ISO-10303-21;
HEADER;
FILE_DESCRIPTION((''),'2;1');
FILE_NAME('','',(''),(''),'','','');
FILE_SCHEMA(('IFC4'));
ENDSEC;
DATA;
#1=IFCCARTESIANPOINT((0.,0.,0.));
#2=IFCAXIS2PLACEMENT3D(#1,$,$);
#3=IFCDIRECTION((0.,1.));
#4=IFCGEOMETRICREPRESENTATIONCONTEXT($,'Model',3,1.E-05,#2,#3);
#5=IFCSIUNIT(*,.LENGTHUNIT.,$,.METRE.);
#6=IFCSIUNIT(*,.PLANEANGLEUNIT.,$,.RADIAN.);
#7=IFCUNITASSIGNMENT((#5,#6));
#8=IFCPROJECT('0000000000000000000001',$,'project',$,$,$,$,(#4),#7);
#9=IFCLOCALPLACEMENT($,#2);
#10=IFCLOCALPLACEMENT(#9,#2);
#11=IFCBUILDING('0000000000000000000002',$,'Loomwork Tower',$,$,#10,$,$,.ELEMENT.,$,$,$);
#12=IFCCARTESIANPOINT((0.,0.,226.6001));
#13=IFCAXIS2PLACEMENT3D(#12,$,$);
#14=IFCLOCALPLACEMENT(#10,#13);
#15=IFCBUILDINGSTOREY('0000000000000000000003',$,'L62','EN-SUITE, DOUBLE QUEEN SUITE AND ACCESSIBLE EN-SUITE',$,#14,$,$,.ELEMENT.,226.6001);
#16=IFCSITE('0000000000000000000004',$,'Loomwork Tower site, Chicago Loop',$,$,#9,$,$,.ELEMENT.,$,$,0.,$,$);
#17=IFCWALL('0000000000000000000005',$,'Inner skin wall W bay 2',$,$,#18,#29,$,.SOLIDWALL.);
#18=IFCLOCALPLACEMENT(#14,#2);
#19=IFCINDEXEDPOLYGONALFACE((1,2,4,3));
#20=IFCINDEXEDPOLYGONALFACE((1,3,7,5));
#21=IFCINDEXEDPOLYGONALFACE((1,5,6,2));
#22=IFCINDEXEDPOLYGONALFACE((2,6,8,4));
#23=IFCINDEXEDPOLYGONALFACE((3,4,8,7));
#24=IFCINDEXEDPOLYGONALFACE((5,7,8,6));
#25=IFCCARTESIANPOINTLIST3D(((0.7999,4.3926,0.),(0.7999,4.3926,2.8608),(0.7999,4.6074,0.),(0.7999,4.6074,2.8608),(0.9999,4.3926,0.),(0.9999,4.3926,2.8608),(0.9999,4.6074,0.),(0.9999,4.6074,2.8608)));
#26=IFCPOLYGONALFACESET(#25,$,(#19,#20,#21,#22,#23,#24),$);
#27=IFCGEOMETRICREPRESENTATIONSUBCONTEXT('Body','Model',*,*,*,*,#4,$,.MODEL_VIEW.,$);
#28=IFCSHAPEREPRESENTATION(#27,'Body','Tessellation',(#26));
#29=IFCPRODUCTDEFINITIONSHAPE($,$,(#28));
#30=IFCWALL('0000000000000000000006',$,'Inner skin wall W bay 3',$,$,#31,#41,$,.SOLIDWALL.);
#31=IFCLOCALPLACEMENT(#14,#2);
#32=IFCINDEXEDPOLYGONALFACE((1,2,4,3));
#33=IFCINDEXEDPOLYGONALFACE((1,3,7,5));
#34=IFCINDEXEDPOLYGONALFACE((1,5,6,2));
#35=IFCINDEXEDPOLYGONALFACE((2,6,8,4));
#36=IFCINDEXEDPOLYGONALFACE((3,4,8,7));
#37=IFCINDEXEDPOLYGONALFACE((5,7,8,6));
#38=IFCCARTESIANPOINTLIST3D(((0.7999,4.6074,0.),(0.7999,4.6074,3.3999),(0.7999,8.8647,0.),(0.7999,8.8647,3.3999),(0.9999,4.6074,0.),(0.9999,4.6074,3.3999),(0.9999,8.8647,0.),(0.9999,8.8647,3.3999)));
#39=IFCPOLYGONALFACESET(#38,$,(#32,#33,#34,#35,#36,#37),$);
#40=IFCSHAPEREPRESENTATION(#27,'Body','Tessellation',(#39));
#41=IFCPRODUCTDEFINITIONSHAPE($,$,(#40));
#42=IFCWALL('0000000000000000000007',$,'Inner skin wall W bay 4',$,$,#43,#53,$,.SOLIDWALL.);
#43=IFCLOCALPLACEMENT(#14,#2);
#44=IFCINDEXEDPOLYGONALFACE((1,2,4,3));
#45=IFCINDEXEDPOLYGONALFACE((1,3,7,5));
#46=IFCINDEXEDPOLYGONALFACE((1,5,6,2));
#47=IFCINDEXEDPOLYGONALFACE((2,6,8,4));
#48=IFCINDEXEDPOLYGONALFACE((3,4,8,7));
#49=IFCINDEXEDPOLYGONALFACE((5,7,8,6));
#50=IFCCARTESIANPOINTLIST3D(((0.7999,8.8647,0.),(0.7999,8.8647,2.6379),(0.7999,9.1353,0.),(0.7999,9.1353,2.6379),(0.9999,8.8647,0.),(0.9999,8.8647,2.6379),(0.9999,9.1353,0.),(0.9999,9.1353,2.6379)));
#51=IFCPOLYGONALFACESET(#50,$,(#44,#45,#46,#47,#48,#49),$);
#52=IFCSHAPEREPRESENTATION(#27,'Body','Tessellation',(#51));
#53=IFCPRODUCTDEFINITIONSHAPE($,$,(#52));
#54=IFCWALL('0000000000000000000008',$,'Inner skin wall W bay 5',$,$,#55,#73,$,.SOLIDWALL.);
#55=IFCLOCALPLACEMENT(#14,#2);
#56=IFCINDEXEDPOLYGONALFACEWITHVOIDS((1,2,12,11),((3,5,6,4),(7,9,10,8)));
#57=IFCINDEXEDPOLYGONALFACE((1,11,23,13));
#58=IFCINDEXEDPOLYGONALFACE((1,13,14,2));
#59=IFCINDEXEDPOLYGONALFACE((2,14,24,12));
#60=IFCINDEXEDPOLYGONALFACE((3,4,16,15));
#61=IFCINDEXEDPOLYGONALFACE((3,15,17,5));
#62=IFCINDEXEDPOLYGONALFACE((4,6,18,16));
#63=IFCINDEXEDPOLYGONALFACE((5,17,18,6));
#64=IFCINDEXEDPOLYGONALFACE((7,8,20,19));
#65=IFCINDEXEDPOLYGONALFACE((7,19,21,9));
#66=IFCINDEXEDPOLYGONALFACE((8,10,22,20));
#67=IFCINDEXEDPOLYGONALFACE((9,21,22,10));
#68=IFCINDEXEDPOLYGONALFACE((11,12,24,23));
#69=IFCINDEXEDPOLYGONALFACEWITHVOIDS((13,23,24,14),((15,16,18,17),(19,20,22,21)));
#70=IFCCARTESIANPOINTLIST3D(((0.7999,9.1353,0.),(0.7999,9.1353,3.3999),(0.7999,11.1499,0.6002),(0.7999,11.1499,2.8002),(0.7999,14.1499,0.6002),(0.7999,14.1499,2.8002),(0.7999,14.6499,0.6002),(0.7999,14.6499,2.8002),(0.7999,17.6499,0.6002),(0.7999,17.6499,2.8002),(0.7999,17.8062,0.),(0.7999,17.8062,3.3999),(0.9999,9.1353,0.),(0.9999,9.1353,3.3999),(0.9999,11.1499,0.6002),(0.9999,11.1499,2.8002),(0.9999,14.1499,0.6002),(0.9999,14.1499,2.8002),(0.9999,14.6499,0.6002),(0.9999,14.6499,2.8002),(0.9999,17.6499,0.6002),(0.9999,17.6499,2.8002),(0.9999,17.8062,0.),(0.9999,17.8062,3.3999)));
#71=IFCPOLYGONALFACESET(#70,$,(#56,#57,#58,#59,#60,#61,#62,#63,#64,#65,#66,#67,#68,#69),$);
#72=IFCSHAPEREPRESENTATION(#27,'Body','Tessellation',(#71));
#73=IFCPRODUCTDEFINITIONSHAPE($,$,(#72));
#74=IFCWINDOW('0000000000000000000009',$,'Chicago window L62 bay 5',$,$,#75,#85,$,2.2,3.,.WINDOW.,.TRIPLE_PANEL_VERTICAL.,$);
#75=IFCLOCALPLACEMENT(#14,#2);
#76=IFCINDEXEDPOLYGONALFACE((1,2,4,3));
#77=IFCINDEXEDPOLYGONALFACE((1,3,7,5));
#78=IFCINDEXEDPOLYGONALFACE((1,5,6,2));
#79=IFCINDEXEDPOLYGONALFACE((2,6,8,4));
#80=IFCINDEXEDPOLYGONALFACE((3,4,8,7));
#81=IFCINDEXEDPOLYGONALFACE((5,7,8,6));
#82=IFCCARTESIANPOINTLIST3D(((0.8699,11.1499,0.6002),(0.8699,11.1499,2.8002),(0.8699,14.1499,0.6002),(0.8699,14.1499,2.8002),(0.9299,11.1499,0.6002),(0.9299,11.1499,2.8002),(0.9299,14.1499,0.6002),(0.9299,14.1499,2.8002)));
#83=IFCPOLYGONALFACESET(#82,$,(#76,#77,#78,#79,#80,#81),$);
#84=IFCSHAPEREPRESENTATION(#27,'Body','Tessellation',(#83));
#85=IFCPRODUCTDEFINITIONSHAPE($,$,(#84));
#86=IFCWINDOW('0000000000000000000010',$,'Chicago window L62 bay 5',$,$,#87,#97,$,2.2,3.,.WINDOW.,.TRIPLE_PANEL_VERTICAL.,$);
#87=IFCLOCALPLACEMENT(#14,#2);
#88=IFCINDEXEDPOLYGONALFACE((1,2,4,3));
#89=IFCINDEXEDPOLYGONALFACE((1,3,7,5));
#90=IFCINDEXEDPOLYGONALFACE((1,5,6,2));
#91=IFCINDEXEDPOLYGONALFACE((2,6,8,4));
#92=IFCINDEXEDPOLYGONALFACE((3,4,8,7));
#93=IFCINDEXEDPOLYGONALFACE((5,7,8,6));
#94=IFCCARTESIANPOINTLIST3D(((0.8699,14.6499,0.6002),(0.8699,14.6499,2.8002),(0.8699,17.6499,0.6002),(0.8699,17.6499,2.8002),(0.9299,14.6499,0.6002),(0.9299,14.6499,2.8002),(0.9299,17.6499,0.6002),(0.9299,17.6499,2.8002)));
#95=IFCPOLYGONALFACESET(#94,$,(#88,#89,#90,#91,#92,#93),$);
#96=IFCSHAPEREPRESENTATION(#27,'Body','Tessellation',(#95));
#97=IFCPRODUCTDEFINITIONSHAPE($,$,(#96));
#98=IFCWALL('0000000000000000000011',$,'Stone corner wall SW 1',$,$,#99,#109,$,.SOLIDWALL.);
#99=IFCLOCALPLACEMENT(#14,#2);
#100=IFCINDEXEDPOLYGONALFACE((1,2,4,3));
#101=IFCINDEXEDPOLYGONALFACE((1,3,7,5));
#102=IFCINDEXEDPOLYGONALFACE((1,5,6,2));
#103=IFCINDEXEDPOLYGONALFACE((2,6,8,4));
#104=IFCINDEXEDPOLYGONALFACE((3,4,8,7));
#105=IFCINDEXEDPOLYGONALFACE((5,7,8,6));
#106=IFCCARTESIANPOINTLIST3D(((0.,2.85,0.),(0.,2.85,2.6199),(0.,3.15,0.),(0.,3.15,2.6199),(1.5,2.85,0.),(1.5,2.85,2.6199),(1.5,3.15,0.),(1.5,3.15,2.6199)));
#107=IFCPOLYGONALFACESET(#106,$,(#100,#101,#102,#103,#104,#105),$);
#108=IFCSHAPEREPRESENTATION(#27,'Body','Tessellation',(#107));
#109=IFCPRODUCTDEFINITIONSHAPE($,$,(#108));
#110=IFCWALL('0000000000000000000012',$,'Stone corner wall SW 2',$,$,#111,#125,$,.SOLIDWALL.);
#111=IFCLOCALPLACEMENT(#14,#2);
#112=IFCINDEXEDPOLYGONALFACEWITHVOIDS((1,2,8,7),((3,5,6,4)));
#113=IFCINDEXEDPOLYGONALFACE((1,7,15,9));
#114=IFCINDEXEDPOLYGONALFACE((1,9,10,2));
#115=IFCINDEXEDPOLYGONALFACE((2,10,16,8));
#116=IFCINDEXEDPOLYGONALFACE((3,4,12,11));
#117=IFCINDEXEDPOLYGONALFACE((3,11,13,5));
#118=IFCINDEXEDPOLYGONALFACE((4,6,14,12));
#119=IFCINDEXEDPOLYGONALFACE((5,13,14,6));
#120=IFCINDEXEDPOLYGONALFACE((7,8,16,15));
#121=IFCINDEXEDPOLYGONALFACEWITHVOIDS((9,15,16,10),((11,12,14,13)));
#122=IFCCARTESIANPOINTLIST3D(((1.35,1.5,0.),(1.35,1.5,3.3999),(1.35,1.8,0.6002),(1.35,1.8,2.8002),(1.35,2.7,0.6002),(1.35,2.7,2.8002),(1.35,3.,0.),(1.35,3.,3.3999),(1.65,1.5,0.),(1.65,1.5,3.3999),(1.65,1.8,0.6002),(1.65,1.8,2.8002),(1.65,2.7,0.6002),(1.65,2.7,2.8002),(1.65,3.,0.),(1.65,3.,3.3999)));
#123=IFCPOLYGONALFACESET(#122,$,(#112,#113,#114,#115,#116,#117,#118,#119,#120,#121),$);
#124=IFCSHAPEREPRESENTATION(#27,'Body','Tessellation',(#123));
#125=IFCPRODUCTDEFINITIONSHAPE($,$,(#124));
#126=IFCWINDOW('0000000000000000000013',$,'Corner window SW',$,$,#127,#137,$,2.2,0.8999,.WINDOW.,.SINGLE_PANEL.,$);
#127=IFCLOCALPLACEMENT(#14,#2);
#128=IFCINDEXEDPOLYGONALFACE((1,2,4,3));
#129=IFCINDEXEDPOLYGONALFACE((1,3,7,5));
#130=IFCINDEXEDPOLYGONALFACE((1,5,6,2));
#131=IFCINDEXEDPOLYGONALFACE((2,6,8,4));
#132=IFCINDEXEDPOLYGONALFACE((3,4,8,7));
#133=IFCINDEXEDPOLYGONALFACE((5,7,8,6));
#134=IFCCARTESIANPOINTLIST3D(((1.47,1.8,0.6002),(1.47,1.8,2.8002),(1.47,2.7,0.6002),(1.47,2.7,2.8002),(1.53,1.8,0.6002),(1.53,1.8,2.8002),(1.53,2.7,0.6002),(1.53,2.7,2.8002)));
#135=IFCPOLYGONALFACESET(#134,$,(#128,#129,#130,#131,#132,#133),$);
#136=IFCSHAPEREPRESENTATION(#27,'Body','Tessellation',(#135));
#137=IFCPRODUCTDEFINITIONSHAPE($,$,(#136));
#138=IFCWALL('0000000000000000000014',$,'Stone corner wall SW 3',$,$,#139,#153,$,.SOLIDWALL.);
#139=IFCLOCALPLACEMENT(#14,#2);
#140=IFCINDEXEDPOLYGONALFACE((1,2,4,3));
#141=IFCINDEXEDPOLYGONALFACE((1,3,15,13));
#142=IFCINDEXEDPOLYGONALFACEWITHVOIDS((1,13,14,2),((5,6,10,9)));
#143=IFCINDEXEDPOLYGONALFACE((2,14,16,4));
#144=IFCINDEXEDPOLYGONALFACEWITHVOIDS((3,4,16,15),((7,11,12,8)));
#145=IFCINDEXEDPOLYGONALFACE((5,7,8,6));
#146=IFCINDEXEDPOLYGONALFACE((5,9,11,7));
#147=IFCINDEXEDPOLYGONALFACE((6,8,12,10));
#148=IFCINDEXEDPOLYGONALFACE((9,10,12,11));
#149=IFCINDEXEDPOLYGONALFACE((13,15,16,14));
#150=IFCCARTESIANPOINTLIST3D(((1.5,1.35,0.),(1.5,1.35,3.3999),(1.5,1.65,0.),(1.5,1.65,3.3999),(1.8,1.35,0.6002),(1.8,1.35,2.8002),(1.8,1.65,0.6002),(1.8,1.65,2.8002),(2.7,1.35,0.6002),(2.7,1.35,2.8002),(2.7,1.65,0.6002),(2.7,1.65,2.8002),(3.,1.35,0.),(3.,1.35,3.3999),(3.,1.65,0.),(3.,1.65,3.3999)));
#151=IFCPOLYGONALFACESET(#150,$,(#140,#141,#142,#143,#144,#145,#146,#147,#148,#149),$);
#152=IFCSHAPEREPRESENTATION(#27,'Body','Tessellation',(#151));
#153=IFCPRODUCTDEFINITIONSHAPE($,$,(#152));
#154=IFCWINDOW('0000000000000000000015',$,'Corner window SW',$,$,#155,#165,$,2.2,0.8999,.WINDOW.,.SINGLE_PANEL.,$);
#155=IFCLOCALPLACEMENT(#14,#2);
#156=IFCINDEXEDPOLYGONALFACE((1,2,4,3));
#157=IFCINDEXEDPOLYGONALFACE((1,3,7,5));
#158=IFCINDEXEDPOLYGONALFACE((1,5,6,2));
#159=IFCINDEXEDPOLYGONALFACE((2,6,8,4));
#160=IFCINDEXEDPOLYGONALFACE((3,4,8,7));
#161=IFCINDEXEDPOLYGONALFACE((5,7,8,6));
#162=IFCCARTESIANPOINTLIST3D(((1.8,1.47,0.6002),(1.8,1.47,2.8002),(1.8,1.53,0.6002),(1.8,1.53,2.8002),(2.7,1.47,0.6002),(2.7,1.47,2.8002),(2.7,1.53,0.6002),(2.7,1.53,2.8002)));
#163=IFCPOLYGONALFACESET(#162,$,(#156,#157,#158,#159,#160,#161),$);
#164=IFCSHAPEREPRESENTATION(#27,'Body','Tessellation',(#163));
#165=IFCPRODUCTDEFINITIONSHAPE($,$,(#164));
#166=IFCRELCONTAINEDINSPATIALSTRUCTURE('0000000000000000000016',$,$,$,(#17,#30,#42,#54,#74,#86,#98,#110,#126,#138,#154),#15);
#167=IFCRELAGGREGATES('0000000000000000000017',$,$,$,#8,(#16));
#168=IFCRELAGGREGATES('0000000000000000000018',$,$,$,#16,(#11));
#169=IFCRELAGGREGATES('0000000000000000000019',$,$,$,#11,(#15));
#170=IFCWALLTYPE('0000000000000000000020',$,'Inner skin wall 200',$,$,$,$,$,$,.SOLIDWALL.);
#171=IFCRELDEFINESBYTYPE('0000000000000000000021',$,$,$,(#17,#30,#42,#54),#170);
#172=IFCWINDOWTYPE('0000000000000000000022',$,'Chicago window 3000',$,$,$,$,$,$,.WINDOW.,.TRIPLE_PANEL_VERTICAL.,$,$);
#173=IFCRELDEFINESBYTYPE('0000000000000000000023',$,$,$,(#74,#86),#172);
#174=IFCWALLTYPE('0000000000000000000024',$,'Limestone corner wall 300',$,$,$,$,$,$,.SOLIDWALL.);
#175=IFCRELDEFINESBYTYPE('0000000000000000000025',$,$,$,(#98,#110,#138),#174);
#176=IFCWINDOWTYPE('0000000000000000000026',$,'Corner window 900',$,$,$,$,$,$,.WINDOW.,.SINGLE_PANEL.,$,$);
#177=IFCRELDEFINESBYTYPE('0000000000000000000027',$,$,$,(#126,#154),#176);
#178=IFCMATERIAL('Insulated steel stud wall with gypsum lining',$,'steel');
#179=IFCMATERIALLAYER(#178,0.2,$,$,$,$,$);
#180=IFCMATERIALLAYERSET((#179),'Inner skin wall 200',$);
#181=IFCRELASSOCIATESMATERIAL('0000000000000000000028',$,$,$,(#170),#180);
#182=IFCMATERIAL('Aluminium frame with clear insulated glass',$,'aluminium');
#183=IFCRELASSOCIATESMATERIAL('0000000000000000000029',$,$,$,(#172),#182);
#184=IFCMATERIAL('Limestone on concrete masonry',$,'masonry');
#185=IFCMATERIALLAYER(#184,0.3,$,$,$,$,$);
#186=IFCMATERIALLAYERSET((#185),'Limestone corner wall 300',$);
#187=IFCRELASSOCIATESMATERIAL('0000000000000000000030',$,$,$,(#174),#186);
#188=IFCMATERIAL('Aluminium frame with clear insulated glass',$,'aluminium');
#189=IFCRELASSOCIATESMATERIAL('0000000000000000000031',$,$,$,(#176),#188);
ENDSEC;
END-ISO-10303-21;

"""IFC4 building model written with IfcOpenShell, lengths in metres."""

from ifc_helpers import new_model, si_unit, direction, frame, frame_2d, origin, place, context, subcontext, project, spatial, rectangle, extrude, material, layer, layer_set, type_object, element, fill, save


model = new_model("IFC4")

# Units and contexts
model_context = context("Model", 3, precision=1e-05, world=origin(), true_north=direction((0.0, 1.0)))
body_context = subcontext(model_context, "Body", "Model", "MODEL_VIEW")
ifc_project = project(units=[si_unit("LENGTHUNIT", "METRE"), si_unit("PLANEANGLEUNIT", "RADIAN")], contexts=[model_context])

# Site, building, storey
site_placement = place(None, origin())
site = spatial("IfcSite", under=ifc_project, at=site_placement, Name="Loomwork Tower site, Chicago Loop", CompositionType="ELEMENT", RefElevation=0.0)
building_placement = place(site_placement, origin())
building = spatial("IfcBuilding", under=site, at=building_placement, Name="Loomwork Tower", CompositionType="ELEMENT")
storey_placement = place(building_placement, frame((0.0, 0.0, 226.6001)))
storey = spatial("IfcBuildingStorey", under=building, at=storey_placement, Name="L62", Description="EN-SUITE, DOUBLE QUEEN SUITE AND ACCESSIBLE EN-SUITE", CompositionType="ELEMENT", Elevation=226.6001)

# Walls
ifc_material_1 = material(Name="Insulated steel stud wall with gypsum lining", Category="steel")
ifc_layer_1 = layer(ifc_material_1, 0.2)
ifc_layer_set_1 = layer_set([ifc_layer_1], Name="Inner skin wall 200")
wall_type_1 = type_object("IfcWallType", Name="Inner skin wall 200", PredefinedType="SOLIDWALL", material=ifc_layer_set_1)
wall_1_placement = place(storey_placement, frame((0.8999, 4.3926, 0.0), z_axis=(0.0, 0.0, 1.0), x_axis=(0.0, 1.0, 0.0)))
element("IfcWall", 1, at=wall_1_placement, inside=storey, type_object=wall_type_1, Name="Inner skin wall W bay 2", PredefinedType="SOLIDWALL", context=body_context, shape_type="SweptSolid", body=[
    extrude(rectangle(XDim=0.2148, YDim=0.2, at=frame_2d((0.1074, 0.0))), origin(), (0.0, 0.0, 1.0), 2.8608),
])
wall_2_placement = place(storey_placement, frame((0.8999, 4.6074, 0.0), z_axis=(0.0, 0.0, 1.0), x_axis=(0.0, 1.0, 0.0)))
element("IfcWall", 2, at=wall_2_placement, inside=storey, type_object=wall_type_1, Name="Inner skin wall W bay 3", PredefinedType="SOLIDWALL", context=body_context, shape_type="SweptSolid", body=[
    extrude(rectangle(XDim=4.2573, YDim=0.2, at=frame_2d((2.1287, 0.0))), origin(), (0.0, 0.0, 1.0), 3.3999),
])
wall_3_placement = place(storey_placement, frame((0.8999, 8.8647, 0.0), z_axis=(0.0, 0.0, 1.0), x_axis=(0.0, 1.0, 0.0)))
element("IfcWall", 3, at=wall_3_placement, inside=storey, type_object=wall_type_1, Name="Inner skin wall W bay 4", PredefinedType="SOLIDWALL", context=body_context, shape_type="SweptSolid", body=[
    extrude(rectangle(XDim=0.2705, YDim=0.2, at=frame_2d((0.1353, 0.0))), origin(), (0.0, 0.0, 1.0), 2.6379),
])

# Wall, openings, windows
wall_4_placement = place(storey_placement, frame((0.8999, 9.1353, 0.0), z_axis=(0.0, 0.0, 1.0), x_axis=(0.0, 1.0, 0.0)))
wall_4 = element("IfcWall", 4, at=wall_4_placement, inside=storey, type_object=wall_type_1, Name="Inner skin wall W bay 5", PredefinedType="SOLIDWALL", context=body_context, shape_type="SweptSolid", body=[
    extrude(rectangle(XDim=8.6709, YDim=0.2, at=frame_2d((4.3354, 0.0))), origin(), (0.0, 0.0, 1.0), 3.3999),
])
opening_1_placement = place(wall_4_placement, frame((2.0146, 0.0, 0.6001)))
opening_1 = element("IfcOpeningElement", 5, at=opening_1_placement, cuts=wall_4, PredefinedType="OPENING", context=body_context, shape_type="SweptSolid", body=[
    extrude(rectangle(XDim=3.0, YDim=2.2, at=frame_2d((1.5, 1.1001))), frame((0.0, 0.1099, 0.0), z_axis=(0.0, -1.0, 0.0), x_axis=(1.0, 0.0, 0.0)), (0.0, 0.0, 1.0), 0.22),
])
opening_2_placement = place(wall_4_placement, frame((5.5146, 0.0, 0.6001)))
opening_2 = element("IfcOpeningElement", 6, at=opening_2_placement, cuts=wall_4, PredefinedType="OPENING", context=body_context, shape_type="SweptSolid", body=[
    extrude(rectangle(XDim=3.0, YDim=2.2, at=frame_2d((1.5, 1.1001))), frame((0.0, 0.1099, 0.0), z_axis=(0.0, -1.0, 0.0), x_axis=(1.0, 0.0, 0.0)), (0.0, 0.0, 1.0), 0.22),
])
ifc_material_2 = material(Name="Aluminium frame with clear insulated glass", Category="aluminium")
window_type_1 = type_object("IfcWindowType", Name="Chicago window 3000", PartitioningType="TRIPLE_PANEL_VERTICAL", PredefinedType="WINDOW", material=ifc_material_2)
window_1_placement = place(opening_1_placement, origin())
window_1 = element("IfcWindow", 7, at=window_1_placement, inside=storey, type_object=window_type_1, Name="Chicago window L62 bay 5", OverallHeight=2.2, OverallWidth=3.0, PartitioningType="TRIPLE_PANEL_VERTICAL", PredefinedType="WINDOW", context=body_context, shape_type="SweptSolid", body=[
    extrude(rectangle(XDim=3.0, YDim=2.2, at=frame_2d((1.5, 1.1001))), frame((0.0, 0.03, 0.0), z_axis=(0.0, -1.0, 0.0), x_axis=(1.0, 0.0, 0.0)), (0.0, 0.0, 1.0), 0.0601),
])
fill(opening_1, window_1)
window_2_placement = place(opening_2_placement, origin())
window_2 = element("IfcWindow", 8, at=window_2_placement, inside=storey, type_object=window_type_1, Name="Chicago window L62 bay 5", OverallHeight=2.2, OverallWidth=3.0, PartitioningType="TRIPLE_PANEL_VERTICAL", PredefinedType="WINDOW", context=body_context, shape_type="SweptSolid", body=[
    extrude(rectangle(XDim=3.0, YDim=2.2, at=frame_2d((1.5, 1.1001))), frame((0.0, 0.03, 0.0), z_axis=(0.0, -1.0, 0.0), x_axis=(1.0, 0.0, 0.0)), (0.0, 0.0, 1.0), 0.0601),
])
fill(opening_2, window_2)

# Wall
ifc_material_3 = material(Name="Limestone on concrete masonry", Category="masonry")
ifc_layer_2 = layer(ifc_material_3, 0.3)
ifc_layer_set_2 = layer_set([ifc_layer_2], Name="Limestone corner wall 300")
wall_type_2 = type_object("IfcWallType", Name="Limestone corner wall 300", PredefinedType="SOLIDWALL", material=ifc_layer_set_2)
wall_5_placement = place(storey_placement, frame((0.0, 3.0, 0.0), z_axis=(0.0, 0.0, 1.0), x_axis=(1.0, 0.0, 0.0)))
element("IfcWall", 9, at=wall_5_placement, inside=storey, type_object=wall_type_2, Name="Stone corner wall SW 1", PredefinedType="SOLIDWALL", context=body_context, shape_type="SweptSolid", body=[
    extrude(rectangle(XDim=1.5, YDim=0.3, at=frame_2d((0.75, 0.0))), origin(), (0.0, 0.0, 1.0), 2.6199),
])

# Walls, openings, windows
wall_6_placement = place(storey_placement, frame((1.5, 3.0, 0.0), z_axis=(0.0, 0.0, 1.0), x_axis=(0.0, -1.0, 0.0)))
wall_6 = element("IfcWall", 10, at=wall_6_placement, inside=storey, type_object=wall_type_2, Name="Stone corner wall SW 2", PredefinedType="SOLIDWALL", context=body_context, shape_type="SweptSolid", body=[
    extrude(rectangle(XDim=1.5, YDim=0.3, at=frame_2d((0.75, 0.0))), origin(), (0.0, 0.0, 1.0), 3.3999),
])
opening_3_placement = place(wall_6_placement, frame((0.3, 0.0, 0.6001)))
opening_3 = element("IfcOpeningElement", 11, at=opening_3_placement, cuts=wall_6, PredefinedType="OPENING", context=body_context, shape_type="SweptSolid", body=[
    extrude(rectangle(XDim=0.8999, YDim=2.2, at=frame_2d((0.45, 1.1001))), frame((0.0, 0.1599, 0.0), z_axis=(0.0, -1.0, 0.0), x_axis=(1.0, 0.0, 0.0)), (0.0, 0.0, 1.0), 0.3201),
])
ifc_material_4 = material(Name="Aluminium frame with clear insulated glass", Category="aluminium")
window_type_2 = type_object("IfcWindowType", Name="Corner window 900", PartitioningType="SINGLE_PANEL", PredefinedType="WINDOW", material=ifc_material_4)
window_3_placement = place(opening_3_placement, origin())
window_3 = element("IfcWindow", 12, at=window_3_placement, inside=storey, type_object=window_type_2, Name="Corner window SW", OverallHeight=2.2, OverallWidth=0.8999, PartitioningType="SINGLE_PANEL", PredefinedType="WINDOW", context=body_context, shape_type="SweptSolid", body=[
    extrude(rectangle(XDim=0.8999, YDim=2.2, at=frame_2d((0.45, 1.1001))), frame((0.0, 0.03, 0.0), z_axis=(0.0, -1.0, 0.0), x_axis=(1.0, 0.0, 0.0)), (0.0, 0.0, 1.0), 0.0601),
])
fill(opening_3, window_3)
wall_7_placement = place(storey_placement, frame((1.5, 1.5, 0.0), z_axis=(0.0, 0.0, 1.0), x_axis=(1.0, 0.0, 0.0)))
wall_7 = element("IfcWall", 13, at=wall_7_placement, inside=storey, type_object=wall_type_2, Name="Stone corner wall SW 3", PredefinedType="SOLIDWALL", context=body_context, shape_type="SweptSolid", body=[
    extrude(rectangle(XDim=1.5, YDim=0.3, at=frame_2d((0.75, 0.0))), origin(), (0.0, 0.0, 1.0), 3.3999),
])
opening_4_placement = place(wall_7_placement, frame((0.3, 0.0, 0.6001)))
opening_4 = element("IfcOpeningElement", 14, at=opening_4_placement, cuts=wall_7, PredefinedType="OPENING", context=body_context, shape_type="SweptSolid", body=[
    extrude(rectangle(XDim=0.8999, YDim=2.2, at=frame_2d((0.45, 1.1001))), frame((0.0, 0.1599, 0.0), z_axis=(0.0, -1.0, 0.0), x_axis=(1.0, 0.0, 0.0)), (0.0, 0.0, 1.0), 0.3201),
])
window_4_placement = place(opening_4_placement, origin())
window_4 = element("IfcWindow", 15, at=window_4_placement, inside=storey, type_object=window_type_2, Name="Corner window SW", OverallHeight=2.2, OverallWidth=0.8999, PartitioningType="SINGLE_PANEL", PredefinedType="WINDOW", context=body_context, shape_type="SweptSolid", body=[
    extrude(rectangle(XDim=0.8999, YDim=2.2, at=frame_2d((0.45, 1.1001))), frame((0.0, 0.03, 0.0), z_axis=(0.0, -1.0, 0.0), x_axis=(1.0, 0.0, 0.0)), (0.0, 0.0, 1.0), 0.0601),
])
fill(opening_4, window_4)

save(model, "model.ifc")
